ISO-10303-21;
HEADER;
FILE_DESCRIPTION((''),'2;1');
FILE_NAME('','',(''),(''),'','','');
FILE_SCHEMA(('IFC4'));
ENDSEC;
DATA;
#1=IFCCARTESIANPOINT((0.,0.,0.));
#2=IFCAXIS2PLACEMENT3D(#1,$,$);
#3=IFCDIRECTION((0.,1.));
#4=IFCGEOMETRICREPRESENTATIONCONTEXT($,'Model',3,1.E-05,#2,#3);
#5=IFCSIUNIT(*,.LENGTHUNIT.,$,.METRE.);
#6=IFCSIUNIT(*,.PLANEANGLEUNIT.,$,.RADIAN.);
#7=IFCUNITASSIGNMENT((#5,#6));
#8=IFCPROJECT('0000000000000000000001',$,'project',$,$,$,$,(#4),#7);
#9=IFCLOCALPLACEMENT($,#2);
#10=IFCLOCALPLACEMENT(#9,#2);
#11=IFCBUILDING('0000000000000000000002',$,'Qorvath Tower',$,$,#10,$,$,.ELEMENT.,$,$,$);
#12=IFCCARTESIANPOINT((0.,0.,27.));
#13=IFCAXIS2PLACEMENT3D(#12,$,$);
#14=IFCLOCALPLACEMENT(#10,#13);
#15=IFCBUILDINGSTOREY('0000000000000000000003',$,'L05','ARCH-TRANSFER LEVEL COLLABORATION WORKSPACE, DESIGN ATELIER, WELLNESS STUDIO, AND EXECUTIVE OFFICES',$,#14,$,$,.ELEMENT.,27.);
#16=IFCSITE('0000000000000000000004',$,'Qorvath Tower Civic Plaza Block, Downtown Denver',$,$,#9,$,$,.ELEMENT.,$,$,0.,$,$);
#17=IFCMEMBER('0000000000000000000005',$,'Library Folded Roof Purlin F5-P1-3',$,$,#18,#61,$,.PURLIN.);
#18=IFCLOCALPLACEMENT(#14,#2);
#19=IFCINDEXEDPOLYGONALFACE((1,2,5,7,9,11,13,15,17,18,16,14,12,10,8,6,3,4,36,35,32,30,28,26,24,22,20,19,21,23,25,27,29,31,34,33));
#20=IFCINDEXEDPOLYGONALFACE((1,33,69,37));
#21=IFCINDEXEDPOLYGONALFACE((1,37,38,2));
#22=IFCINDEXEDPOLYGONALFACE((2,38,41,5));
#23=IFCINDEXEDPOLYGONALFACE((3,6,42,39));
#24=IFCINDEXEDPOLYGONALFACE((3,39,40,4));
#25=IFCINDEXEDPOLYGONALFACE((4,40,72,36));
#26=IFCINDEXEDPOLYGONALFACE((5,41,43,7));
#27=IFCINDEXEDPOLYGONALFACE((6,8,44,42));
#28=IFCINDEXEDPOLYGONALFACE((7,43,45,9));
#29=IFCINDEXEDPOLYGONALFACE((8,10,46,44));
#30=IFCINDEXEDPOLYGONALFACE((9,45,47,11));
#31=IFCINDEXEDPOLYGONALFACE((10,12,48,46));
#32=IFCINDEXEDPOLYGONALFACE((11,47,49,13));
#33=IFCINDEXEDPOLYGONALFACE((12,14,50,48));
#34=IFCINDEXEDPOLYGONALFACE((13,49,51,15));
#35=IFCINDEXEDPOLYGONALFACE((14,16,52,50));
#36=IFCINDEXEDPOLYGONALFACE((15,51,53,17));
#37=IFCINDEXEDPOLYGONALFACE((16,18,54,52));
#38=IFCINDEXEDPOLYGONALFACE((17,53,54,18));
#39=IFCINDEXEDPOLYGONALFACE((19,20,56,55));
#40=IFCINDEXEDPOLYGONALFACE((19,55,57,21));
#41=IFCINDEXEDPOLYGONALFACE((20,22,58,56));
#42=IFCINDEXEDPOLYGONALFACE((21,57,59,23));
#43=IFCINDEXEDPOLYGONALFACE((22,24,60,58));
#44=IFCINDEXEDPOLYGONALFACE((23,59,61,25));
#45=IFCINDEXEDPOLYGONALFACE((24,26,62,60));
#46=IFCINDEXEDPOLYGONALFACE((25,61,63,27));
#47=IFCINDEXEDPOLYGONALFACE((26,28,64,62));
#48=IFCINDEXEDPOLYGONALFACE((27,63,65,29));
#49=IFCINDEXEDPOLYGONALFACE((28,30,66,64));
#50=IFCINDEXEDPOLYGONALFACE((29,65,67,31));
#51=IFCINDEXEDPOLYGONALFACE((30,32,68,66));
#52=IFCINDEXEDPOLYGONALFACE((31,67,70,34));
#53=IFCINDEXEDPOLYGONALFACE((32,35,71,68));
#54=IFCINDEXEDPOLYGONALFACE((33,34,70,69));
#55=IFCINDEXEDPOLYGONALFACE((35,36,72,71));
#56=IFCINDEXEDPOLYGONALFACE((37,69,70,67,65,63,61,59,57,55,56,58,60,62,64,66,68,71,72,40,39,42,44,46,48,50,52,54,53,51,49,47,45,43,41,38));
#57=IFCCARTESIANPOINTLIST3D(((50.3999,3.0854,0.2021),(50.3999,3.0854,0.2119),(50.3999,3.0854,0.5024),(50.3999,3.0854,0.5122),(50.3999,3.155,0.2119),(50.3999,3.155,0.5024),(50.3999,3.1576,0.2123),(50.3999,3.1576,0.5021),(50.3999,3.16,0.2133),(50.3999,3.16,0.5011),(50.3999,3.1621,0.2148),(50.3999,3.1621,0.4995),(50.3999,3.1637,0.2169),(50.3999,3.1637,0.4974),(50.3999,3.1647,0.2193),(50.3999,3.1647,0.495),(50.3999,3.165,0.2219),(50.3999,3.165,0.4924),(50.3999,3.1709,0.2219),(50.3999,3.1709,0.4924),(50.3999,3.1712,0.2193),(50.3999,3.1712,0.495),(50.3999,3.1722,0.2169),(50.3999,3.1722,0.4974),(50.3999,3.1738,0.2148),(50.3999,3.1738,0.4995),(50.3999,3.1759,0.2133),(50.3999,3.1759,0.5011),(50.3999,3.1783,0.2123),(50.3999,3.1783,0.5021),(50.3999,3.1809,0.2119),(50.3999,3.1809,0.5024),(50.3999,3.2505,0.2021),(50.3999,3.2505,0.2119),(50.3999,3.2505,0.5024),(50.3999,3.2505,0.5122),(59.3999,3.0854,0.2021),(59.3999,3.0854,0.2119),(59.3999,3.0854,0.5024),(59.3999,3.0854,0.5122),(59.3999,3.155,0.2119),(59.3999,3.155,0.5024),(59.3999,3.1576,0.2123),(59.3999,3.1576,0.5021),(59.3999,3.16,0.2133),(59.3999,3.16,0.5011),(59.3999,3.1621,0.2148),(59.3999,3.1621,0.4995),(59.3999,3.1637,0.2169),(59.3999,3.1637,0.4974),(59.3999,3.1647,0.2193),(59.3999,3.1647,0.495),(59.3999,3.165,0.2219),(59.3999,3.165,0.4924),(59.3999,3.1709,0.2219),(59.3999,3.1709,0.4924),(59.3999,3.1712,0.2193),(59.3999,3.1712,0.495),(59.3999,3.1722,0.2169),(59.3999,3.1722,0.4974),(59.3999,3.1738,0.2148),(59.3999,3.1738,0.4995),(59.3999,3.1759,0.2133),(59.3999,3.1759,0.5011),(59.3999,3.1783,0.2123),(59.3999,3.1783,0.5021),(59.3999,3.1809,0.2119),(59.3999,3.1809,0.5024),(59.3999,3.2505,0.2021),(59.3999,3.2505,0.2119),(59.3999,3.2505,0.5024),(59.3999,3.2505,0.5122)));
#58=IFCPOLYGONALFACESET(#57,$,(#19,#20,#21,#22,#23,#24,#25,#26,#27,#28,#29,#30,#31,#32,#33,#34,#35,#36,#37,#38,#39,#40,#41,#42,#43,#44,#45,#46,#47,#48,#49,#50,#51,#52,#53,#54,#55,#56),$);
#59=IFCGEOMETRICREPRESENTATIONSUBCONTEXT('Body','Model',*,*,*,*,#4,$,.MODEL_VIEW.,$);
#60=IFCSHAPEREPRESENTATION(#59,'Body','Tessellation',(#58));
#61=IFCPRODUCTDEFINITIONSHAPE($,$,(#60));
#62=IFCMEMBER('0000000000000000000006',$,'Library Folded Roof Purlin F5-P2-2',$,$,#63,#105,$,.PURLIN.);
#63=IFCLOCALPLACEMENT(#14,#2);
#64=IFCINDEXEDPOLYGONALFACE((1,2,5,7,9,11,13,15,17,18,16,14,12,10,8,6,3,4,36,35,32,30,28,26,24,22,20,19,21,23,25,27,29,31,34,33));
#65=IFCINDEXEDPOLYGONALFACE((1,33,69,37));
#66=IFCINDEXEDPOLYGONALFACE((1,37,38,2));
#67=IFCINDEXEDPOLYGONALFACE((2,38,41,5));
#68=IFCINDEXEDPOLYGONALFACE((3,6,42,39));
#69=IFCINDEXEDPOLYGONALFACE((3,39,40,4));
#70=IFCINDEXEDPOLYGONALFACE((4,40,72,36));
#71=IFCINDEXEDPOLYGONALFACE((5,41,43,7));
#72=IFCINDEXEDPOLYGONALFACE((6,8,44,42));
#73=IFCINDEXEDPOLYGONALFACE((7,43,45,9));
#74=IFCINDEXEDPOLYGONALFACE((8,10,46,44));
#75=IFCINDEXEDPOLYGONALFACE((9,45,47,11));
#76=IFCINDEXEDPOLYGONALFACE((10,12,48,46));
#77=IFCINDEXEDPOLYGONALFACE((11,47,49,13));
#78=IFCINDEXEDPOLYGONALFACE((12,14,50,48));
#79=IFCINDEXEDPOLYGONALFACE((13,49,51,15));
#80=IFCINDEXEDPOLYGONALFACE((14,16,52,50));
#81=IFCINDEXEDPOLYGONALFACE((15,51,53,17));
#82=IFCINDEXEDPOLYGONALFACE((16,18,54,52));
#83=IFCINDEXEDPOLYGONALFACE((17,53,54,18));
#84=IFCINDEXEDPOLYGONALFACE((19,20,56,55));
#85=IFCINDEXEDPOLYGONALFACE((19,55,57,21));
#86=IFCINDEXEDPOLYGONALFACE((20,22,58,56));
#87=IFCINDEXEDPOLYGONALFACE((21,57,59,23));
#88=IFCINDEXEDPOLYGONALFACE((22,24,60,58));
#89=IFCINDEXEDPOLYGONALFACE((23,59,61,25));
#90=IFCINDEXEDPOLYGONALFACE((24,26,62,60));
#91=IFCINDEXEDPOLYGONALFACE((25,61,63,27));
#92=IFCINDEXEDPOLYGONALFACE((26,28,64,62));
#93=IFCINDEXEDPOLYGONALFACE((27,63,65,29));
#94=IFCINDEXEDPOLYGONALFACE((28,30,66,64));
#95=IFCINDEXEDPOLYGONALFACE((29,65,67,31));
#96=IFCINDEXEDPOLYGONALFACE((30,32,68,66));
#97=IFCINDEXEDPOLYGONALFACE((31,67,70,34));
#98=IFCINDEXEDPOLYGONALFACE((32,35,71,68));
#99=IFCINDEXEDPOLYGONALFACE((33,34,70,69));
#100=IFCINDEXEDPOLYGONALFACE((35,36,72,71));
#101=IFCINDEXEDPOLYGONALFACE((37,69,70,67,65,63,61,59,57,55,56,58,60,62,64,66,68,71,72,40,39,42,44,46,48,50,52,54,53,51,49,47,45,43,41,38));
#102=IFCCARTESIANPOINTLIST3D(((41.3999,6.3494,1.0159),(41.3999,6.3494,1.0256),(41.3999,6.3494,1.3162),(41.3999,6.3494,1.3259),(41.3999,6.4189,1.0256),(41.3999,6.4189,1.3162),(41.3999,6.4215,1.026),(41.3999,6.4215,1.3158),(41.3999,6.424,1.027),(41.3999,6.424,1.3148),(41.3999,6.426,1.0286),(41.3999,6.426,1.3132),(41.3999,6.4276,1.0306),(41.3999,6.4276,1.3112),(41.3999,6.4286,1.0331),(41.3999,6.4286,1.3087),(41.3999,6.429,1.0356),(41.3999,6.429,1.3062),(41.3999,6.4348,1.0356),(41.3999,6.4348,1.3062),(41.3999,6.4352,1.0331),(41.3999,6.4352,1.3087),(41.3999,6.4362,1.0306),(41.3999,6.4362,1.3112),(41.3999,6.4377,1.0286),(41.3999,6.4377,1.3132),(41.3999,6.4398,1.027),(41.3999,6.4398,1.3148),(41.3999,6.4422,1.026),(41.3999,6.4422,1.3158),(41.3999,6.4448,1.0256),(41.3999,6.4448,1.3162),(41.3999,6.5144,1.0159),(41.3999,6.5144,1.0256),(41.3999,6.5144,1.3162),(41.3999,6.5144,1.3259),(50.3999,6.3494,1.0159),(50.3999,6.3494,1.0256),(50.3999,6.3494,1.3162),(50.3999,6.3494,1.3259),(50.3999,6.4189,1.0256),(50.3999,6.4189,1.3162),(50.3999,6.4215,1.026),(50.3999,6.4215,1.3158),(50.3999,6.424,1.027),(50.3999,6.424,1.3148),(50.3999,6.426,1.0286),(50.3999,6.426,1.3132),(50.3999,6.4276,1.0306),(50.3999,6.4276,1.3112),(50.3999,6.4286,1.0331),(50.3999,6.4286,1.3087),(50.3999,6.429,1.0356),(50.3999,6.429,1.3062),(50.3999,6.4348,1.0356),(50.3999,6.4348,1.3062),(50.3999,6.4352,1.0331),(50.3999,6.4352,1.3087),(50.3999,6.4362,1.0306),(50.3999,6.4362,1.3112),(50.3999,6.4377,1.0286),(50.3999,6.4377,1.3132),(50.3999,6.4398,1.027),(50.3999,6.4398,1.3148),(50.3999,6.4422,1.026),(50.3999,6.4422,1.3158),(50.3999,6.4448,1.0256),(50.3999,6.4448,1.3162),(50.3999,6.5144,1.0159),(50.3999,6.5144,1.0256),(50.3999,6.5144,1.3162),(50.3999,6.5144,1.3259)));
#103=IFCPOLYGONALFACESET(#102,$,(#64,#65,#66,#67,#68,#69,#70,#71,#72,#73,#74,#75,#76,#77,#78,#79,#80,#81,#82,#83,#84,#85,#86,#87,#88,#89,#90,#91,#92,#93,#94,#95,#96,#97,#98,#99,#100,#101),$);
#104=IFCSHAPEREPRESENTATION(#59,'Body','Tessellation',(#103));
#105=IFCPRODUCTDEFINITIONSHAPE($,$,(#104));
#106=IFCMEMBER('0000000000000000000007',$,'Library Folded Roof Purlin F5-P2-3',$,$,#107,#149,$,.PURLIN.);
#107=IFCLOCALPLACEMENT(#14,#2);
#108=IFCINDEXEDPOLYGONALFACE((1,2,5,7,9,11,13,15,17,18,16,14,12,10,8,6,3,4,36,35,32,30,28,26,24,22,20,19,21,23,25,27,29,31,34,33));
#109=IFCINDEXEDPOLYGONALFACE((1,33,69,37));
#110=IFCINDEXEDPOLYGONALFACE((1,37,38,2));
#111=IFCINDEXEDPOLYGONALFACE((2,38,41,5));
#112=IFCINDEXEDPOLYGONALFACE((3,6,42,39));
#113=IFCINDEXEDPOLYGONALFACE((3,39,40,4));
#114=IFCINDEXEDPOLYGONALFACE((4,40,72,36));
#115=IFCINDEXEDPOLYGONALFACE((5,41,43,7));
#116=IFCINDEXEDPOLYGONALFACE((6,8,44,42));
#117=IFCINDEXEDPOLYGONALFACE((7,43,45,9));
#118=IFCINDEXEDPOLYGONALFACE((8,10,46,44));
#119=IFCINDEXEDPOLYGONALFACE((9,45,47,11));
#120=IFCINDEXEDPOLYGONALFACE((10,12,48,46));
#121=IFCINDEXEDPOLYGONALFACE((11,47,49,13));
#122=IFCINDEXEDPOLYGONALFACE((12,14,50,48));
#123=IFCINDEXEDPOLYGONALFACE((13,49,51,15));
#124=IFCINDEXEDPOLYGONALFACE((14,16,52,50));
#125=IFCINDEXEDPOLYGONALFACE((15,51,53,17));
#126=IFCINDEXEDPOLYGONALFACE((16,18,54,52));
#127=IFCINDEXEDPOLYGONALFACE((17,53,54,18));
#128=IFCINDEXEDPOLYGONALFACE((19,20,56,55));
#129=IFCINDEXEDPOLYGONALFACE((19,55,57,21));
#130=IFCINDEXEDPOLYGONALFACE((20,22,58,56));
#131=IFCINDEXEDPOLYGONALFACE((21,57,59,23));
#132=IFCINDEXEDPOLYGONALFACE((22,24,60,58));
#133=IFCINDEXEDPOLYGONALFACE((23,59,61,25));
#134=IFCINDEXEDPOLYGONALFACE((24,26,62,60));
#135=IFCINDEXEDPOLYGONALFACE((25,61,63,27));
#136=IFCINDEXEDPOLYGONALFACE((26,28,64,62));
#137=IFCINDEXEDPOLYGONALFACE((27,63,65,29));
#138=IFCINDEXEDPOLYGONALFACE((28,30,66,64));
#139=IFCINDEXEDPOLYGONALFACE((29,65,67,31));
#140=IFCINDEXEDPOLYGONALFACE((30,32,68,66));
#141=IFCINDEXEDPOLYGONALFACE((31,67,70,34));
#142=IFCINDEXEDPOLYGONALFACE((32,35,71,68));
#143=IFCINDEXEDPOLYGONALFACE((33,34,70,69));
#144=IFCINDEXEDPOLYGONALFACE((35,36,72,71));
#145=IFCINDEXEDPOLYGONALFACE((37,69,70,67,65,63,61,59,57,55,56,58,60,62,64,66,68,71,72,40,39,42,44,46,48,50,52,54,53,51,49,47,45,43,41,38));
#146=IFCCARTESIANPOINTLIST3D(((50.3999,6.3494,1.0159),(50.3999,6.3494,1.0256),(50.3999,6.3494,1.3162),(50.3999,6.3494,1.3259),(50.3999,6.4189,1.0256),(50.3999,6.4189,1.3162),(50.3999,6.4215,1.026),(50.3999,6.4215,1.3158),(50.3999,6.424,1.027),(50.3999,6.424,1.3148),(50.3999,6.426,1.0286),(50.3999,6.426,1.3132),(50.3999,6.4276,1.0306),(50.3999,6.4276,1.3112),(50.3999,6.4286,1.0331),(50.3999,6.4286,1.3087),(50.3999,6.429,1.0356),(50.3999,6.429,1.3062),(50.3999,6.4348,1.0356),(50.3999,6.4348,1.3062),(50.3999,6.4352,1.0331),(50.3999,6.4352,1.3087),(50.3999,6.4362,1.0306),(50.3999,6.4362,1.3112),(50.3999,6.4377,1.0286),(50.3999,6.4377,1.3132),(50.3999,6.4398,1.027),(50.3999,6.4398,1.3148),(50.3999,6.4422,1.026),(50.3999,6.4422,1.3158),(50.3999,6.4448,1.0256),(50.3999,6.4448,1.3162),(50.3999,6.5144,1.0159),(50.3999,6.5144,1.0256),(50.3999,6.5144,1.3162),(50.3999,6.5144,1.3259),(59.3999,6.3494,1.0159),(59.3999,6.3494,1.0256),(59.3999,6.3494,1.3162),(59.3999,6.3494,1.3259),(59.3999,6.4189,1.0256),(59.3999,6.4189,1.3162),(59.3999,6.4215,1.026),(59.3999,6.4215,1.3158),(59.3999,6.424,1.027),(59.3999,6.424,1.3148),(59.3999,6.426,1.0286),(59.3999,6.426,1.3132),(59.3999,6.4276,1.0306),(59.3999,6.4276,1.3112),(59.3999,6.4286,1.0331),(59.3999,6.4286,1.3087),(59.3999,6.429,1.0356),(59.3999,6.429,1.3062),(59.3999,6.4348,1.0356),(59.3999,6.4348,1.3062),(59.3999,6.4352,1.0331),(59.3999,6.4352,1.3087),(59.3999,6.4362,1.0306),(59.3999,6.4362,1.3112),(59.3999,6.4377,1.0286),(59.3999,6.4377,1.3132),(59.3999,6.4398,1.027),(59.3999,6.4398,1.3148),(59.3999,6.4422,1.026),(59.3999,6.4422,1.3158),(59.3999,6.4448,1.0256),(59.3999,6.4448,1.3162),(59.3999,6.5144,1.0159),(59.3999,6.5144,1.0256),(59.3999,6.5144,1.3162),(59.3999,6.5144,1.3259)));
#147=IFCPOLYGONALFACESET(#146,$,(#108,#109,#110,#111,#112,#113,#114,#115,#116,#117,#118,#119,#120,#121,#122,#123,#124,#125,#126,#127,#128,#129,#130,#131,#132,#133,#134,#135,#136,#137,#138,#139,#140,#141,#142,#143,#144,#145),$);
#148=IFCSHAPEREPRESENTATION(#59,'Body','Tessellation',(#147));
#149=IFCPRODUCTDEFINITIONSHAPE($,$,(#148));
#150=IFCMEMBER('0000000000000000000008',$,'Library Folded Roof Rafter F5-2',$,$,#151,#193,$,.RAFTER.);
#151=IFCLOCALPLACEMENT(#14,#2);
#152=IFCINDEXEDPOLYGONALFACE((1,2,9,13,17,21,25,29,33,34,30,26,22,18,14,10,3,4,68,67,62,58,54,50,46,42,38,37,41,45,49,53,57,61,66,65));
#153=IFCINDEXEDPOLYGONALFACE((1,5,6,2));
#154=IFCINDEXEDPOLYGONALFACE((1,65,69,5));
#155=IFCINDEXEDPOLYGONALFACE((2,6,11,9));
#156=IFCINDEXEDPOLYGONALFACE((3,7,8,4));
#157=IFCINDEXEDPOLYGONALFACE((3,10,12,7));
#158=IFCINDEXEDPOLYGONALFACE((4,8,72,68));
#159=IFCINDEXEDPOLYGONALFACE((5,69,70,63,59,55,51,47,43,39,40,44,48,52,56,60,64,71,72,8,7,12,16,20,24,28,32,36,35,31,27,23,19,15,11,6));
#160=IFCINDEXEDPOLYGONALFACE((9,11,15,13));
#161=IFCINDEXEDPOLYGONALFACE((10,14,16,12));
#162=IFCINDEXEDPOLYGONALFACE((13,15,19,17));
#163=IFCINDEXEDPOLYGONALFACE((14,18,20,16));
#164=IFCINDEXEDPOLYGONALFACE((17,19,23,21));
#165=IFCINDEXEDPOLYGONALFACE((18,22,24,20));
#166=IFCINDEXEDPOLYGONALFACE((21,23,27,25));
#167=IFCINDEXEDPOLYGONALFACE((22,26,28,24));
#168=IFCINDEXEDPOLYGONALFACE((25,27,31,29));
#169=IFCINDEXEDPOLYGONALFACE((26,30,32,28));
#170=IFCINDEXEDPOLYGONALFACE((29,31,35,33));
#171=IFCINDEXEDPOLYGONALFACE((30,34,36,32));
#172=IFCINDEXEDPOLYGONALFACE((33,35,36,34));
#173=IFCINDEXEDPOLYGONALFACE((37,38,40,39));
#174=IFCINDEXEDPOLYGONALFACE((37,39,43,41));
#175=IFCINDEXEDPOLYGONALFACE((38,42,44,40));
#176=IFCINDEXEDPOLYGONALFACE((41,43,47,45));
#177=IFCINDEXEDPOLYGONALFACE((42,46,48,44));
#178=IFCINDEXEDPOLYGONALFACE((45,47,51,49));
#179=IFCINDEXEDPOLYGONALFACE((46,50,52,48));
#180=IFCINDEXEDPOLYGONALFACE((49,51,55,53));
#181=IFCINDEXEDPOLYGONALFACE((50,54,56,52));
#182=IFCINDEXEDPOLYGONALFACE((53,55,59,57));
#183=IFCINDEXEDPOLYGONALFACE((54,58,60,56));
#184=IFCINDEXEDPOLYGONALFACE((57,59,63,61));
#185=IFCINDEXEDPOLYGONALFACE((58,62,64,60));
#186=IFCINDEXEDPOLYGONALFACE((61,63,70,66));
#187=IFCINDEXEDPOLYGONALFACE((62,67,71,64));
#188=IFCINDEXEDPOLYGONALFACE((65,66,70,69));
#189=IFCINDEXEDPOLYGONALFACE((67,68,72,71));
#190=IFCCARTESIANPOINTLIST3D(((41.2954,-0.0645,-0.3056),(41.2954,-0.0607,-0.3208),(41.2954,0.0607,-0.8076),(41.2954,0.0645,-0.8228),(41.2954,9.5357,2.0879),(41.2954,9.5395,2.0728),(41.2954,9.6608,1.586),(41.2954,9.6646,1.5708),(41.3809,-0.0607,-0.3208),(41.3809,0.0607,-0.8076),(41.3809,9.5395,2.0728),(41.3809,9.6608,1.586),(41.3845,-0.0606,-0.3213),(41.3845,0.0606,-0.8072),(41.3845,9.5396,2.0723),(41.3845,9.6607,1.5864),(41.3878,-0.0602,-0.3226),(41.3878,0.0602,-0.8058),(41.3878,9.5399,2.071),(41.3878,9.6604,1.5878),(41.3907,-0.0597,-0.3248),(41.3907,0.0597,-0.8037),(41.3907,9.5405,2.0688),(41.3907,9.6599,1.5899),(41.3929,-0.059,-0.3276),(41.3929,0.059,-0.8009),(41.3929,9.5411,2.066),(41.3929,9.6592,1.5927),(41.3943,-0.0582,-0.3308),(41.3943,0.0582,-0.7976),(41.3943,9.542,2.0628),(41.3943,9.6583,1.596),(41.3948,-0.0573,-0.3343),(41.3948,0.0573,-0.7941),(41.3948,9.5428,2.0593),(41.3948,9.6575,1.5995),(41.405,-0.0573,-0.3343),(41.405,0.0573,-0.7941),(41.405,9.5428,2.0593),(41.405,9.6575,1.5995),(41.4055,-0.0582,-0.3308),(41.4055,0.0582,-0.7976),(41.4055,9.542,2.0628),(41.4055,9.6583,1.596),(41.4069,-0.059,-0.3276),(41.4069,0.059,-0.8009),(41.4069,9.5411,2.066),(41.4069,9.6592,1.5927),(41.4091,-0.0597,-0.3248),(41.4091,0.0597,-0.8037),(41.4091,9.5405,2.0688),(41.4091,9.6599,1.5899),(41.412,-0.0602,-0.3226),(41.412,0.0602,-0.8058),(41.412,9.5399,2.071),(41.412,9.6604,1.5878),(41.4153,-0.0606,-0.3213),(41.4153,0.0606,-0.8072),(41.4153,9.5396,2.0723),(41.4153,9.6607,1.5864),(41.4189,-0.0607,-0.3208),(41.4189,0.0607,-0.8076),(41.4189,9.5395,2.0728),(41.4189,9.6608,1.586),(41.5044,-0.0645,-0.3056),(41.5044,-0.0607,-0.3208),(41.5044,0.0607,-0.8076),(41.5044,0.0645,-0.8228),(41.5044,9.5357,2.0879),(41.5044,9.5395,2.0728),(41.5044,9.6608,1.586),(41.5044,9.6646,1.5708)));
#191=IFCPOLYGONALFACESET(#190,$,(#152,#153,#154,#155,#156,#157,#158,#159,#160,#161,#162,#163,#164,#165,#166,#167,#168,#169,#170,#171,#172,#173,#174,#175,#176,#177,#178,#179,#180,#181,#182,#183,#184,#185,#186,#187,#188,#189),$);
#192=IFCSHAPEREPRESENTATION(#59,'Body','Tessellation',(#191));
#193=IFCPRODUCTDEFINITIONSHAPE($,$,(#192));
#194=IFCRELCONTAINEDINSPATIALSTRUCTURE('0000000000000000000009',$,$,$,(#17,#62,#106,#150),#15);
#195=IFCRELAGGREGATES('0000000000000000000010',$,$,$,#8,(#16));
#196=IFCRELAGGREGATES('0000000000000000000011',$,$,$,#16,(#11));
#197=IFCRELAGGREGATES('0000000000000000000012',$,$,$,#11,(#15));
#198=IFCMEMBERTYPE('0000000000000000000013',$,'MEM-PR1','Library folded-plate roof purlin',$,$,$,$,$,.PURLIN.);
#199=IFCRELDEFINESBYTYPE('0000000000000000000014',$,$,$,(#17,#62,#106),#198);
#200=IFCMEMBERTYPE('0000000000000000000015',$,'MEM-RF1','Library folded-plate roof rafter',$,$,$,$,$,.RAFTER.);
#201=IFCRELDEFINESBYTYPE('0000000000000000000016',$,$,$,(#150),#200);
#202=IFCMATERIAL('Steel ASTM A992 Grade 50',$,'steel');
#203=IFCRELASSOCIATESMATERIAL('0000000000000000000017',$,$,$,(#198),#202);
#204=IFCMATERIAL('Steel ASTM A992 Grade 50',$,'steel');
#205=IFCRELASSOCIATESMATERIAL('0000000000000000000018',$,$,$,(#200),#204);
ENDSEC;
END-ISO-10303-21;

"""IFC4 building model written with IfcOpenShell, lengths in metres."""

from ifc_helpers import new_model, si_unit, direction, frame, origin, origin_2d, place, context, subcontext, project, spatial, i_section, extrude, material, material_profile, profile_set, type_object, element, save


model = new_model("IFC4")

# Units and contexts
model_context = context("Model", 3, precision=1e-05, world=origin(), true_north=direction((0.0, 1.0)))
body_context = subcontext(model_context, "Body", "Model", "MODEL_VIEW")
ifc_project = project(units=[si_unit("LENGTHUNIT", "METRE"), si_unit("PLANEANGLEUNIT", "RADIAN")], contexts=[model_context])

# Site, building, storey
site_placement = place(None, origin())
site = spatial("IfcSite", under=ifc_project, at=site_placement, Name="Qorvath Tower Civic Plaza Block, Downtown Denver", CompositionType="ELEMENT", RefElevation=0.0)
building_placement = place(site_placement, origin())
building = spatial("IfcBuilding", under=site, at=building_placement, Name="Qorvath Tower", CompositionType="ELEMENT")
storey_placement = place(building_placement, frame((0.0, 0.0, 27.0)))
storey = spatial("IfcBuildingStorey", under=building, at=storey_placement, Name="L05", Description="ARCH-TRANSFER LEVEL COLLABORATION WORKSPACE, DESIGN ATELIER, WELLNESS STUDIO, AND EXECUTIVE OFFICES", CompositionType="ELEMENT", Elevation=27.0)

# Members
ifc_material_1 = material(Name="Steel ASTM A992 Grade 50", Category="steel")
ifc_material_profile_1 = material_profile(ifc_material_1, i_section(OverallWidth=0.165, OverallDepth=0.3101, WebThickness=0.0059, FlangeThickness=0.0098, FilletRadius=0.01, at=origin_2d()), Name="W12x26")
ifc_profile_set_1 = profile_set([ifc_material_profile_1], Name="Steel ASTM A992 Grade 50")
member_type_1 = type_object("IfcMemberType", Name="MEM-PR1", Description="Library folded-plate roof purlin", PredefinedType="PURLIN", material=ifc_profile_set_1)
for number, where, z_axis, x_axis, name in (
    (1, (50.3999, 3.168, 0.3572), (1.0, 0.0, 0.0), (0.0, 1.0, 0.0), "Library Folded Roof Purlin F5-P1-3"),
    (2, (41.3999, 6.4319, 1.1709), (1.0, 0.0, 0.0), (0.0, 1.0, 0.0), "Library Folded Roof Purlin F5-P2-2"),
    (3, (50.3999, 6.4319, 1.1709), (1.0, 0.0, 0.0), (0.0, 1.0, 0.0), "Library Folded Roof Purlin F5-P2-3"),
):
    element("IfcMember", number, at=place(storey_placement, frame(where, z_axis=z_axis, x_axis=x_axis)), inside=storey, type_object=member_type_1, Name=name, PredefinedType="PURLIN", context=body_context, shape_type="SweptSolid", body=[
        extrude(i_section(OverallWidth=0.165, OverallDepth=0.3101, WebThickness=0.0059, FlangeThickness=0.0098, FilletRadius=0.01, at=origin_2d()), origin(), (0.0, 0.0, 1.0), 9.0),
    ])
ifc_material_2 = material(Name="Steel ASTM A992 Grade 50", Category="steel")
ifc_material_profile_2 = material_profile(ifc_material_2, i_section(OverallWidth=0.209, OverallDepth=0.533, WebThickness=0.0103, FlangeThickness=0.0156, FilletRadius=0.0139, at=origin_2d()), Name="W21x62")
ifc_profile_set_2 = profile_set([ifc_material_profile_2], Name="Steel ASTM A992 Grade 50")
member_type_2 = type_object("IfcMemberType", Name="MEM-RF1", Description="Library folded-plate roof rafter", PredefinedType="RAFTER", material=ifc_profile_set_2)
for number, where, z_axis, x_axis, name in (
    (4, (41.3999, 0.0, -0.5642), (0.0, 0.970296, 0.24192), (-1.0, 0.0, 0.0), "Library Folded Roof Rafter F5-2"),
):
    element("IfcMember", number, at=place(storey_placement, frame(where, z_axis=z_axis, x_axis=x_axis)), inside=storey, type_object=member_type_2, Name=name, PredefinedType="RAFTER", context=body_context, shape_type="SweptSolid", body=[
        extrude(i_section(OverallWidth=0.209, OverallDepth=0.533, WebThickness=0.0103, FlangeThickness=0.0156, FilletRadius=0.0139, at=origin_2d()), origin(), (0.0, 0.0, 1.0), 9.894),
    ])

save(model, "model.ifc")
